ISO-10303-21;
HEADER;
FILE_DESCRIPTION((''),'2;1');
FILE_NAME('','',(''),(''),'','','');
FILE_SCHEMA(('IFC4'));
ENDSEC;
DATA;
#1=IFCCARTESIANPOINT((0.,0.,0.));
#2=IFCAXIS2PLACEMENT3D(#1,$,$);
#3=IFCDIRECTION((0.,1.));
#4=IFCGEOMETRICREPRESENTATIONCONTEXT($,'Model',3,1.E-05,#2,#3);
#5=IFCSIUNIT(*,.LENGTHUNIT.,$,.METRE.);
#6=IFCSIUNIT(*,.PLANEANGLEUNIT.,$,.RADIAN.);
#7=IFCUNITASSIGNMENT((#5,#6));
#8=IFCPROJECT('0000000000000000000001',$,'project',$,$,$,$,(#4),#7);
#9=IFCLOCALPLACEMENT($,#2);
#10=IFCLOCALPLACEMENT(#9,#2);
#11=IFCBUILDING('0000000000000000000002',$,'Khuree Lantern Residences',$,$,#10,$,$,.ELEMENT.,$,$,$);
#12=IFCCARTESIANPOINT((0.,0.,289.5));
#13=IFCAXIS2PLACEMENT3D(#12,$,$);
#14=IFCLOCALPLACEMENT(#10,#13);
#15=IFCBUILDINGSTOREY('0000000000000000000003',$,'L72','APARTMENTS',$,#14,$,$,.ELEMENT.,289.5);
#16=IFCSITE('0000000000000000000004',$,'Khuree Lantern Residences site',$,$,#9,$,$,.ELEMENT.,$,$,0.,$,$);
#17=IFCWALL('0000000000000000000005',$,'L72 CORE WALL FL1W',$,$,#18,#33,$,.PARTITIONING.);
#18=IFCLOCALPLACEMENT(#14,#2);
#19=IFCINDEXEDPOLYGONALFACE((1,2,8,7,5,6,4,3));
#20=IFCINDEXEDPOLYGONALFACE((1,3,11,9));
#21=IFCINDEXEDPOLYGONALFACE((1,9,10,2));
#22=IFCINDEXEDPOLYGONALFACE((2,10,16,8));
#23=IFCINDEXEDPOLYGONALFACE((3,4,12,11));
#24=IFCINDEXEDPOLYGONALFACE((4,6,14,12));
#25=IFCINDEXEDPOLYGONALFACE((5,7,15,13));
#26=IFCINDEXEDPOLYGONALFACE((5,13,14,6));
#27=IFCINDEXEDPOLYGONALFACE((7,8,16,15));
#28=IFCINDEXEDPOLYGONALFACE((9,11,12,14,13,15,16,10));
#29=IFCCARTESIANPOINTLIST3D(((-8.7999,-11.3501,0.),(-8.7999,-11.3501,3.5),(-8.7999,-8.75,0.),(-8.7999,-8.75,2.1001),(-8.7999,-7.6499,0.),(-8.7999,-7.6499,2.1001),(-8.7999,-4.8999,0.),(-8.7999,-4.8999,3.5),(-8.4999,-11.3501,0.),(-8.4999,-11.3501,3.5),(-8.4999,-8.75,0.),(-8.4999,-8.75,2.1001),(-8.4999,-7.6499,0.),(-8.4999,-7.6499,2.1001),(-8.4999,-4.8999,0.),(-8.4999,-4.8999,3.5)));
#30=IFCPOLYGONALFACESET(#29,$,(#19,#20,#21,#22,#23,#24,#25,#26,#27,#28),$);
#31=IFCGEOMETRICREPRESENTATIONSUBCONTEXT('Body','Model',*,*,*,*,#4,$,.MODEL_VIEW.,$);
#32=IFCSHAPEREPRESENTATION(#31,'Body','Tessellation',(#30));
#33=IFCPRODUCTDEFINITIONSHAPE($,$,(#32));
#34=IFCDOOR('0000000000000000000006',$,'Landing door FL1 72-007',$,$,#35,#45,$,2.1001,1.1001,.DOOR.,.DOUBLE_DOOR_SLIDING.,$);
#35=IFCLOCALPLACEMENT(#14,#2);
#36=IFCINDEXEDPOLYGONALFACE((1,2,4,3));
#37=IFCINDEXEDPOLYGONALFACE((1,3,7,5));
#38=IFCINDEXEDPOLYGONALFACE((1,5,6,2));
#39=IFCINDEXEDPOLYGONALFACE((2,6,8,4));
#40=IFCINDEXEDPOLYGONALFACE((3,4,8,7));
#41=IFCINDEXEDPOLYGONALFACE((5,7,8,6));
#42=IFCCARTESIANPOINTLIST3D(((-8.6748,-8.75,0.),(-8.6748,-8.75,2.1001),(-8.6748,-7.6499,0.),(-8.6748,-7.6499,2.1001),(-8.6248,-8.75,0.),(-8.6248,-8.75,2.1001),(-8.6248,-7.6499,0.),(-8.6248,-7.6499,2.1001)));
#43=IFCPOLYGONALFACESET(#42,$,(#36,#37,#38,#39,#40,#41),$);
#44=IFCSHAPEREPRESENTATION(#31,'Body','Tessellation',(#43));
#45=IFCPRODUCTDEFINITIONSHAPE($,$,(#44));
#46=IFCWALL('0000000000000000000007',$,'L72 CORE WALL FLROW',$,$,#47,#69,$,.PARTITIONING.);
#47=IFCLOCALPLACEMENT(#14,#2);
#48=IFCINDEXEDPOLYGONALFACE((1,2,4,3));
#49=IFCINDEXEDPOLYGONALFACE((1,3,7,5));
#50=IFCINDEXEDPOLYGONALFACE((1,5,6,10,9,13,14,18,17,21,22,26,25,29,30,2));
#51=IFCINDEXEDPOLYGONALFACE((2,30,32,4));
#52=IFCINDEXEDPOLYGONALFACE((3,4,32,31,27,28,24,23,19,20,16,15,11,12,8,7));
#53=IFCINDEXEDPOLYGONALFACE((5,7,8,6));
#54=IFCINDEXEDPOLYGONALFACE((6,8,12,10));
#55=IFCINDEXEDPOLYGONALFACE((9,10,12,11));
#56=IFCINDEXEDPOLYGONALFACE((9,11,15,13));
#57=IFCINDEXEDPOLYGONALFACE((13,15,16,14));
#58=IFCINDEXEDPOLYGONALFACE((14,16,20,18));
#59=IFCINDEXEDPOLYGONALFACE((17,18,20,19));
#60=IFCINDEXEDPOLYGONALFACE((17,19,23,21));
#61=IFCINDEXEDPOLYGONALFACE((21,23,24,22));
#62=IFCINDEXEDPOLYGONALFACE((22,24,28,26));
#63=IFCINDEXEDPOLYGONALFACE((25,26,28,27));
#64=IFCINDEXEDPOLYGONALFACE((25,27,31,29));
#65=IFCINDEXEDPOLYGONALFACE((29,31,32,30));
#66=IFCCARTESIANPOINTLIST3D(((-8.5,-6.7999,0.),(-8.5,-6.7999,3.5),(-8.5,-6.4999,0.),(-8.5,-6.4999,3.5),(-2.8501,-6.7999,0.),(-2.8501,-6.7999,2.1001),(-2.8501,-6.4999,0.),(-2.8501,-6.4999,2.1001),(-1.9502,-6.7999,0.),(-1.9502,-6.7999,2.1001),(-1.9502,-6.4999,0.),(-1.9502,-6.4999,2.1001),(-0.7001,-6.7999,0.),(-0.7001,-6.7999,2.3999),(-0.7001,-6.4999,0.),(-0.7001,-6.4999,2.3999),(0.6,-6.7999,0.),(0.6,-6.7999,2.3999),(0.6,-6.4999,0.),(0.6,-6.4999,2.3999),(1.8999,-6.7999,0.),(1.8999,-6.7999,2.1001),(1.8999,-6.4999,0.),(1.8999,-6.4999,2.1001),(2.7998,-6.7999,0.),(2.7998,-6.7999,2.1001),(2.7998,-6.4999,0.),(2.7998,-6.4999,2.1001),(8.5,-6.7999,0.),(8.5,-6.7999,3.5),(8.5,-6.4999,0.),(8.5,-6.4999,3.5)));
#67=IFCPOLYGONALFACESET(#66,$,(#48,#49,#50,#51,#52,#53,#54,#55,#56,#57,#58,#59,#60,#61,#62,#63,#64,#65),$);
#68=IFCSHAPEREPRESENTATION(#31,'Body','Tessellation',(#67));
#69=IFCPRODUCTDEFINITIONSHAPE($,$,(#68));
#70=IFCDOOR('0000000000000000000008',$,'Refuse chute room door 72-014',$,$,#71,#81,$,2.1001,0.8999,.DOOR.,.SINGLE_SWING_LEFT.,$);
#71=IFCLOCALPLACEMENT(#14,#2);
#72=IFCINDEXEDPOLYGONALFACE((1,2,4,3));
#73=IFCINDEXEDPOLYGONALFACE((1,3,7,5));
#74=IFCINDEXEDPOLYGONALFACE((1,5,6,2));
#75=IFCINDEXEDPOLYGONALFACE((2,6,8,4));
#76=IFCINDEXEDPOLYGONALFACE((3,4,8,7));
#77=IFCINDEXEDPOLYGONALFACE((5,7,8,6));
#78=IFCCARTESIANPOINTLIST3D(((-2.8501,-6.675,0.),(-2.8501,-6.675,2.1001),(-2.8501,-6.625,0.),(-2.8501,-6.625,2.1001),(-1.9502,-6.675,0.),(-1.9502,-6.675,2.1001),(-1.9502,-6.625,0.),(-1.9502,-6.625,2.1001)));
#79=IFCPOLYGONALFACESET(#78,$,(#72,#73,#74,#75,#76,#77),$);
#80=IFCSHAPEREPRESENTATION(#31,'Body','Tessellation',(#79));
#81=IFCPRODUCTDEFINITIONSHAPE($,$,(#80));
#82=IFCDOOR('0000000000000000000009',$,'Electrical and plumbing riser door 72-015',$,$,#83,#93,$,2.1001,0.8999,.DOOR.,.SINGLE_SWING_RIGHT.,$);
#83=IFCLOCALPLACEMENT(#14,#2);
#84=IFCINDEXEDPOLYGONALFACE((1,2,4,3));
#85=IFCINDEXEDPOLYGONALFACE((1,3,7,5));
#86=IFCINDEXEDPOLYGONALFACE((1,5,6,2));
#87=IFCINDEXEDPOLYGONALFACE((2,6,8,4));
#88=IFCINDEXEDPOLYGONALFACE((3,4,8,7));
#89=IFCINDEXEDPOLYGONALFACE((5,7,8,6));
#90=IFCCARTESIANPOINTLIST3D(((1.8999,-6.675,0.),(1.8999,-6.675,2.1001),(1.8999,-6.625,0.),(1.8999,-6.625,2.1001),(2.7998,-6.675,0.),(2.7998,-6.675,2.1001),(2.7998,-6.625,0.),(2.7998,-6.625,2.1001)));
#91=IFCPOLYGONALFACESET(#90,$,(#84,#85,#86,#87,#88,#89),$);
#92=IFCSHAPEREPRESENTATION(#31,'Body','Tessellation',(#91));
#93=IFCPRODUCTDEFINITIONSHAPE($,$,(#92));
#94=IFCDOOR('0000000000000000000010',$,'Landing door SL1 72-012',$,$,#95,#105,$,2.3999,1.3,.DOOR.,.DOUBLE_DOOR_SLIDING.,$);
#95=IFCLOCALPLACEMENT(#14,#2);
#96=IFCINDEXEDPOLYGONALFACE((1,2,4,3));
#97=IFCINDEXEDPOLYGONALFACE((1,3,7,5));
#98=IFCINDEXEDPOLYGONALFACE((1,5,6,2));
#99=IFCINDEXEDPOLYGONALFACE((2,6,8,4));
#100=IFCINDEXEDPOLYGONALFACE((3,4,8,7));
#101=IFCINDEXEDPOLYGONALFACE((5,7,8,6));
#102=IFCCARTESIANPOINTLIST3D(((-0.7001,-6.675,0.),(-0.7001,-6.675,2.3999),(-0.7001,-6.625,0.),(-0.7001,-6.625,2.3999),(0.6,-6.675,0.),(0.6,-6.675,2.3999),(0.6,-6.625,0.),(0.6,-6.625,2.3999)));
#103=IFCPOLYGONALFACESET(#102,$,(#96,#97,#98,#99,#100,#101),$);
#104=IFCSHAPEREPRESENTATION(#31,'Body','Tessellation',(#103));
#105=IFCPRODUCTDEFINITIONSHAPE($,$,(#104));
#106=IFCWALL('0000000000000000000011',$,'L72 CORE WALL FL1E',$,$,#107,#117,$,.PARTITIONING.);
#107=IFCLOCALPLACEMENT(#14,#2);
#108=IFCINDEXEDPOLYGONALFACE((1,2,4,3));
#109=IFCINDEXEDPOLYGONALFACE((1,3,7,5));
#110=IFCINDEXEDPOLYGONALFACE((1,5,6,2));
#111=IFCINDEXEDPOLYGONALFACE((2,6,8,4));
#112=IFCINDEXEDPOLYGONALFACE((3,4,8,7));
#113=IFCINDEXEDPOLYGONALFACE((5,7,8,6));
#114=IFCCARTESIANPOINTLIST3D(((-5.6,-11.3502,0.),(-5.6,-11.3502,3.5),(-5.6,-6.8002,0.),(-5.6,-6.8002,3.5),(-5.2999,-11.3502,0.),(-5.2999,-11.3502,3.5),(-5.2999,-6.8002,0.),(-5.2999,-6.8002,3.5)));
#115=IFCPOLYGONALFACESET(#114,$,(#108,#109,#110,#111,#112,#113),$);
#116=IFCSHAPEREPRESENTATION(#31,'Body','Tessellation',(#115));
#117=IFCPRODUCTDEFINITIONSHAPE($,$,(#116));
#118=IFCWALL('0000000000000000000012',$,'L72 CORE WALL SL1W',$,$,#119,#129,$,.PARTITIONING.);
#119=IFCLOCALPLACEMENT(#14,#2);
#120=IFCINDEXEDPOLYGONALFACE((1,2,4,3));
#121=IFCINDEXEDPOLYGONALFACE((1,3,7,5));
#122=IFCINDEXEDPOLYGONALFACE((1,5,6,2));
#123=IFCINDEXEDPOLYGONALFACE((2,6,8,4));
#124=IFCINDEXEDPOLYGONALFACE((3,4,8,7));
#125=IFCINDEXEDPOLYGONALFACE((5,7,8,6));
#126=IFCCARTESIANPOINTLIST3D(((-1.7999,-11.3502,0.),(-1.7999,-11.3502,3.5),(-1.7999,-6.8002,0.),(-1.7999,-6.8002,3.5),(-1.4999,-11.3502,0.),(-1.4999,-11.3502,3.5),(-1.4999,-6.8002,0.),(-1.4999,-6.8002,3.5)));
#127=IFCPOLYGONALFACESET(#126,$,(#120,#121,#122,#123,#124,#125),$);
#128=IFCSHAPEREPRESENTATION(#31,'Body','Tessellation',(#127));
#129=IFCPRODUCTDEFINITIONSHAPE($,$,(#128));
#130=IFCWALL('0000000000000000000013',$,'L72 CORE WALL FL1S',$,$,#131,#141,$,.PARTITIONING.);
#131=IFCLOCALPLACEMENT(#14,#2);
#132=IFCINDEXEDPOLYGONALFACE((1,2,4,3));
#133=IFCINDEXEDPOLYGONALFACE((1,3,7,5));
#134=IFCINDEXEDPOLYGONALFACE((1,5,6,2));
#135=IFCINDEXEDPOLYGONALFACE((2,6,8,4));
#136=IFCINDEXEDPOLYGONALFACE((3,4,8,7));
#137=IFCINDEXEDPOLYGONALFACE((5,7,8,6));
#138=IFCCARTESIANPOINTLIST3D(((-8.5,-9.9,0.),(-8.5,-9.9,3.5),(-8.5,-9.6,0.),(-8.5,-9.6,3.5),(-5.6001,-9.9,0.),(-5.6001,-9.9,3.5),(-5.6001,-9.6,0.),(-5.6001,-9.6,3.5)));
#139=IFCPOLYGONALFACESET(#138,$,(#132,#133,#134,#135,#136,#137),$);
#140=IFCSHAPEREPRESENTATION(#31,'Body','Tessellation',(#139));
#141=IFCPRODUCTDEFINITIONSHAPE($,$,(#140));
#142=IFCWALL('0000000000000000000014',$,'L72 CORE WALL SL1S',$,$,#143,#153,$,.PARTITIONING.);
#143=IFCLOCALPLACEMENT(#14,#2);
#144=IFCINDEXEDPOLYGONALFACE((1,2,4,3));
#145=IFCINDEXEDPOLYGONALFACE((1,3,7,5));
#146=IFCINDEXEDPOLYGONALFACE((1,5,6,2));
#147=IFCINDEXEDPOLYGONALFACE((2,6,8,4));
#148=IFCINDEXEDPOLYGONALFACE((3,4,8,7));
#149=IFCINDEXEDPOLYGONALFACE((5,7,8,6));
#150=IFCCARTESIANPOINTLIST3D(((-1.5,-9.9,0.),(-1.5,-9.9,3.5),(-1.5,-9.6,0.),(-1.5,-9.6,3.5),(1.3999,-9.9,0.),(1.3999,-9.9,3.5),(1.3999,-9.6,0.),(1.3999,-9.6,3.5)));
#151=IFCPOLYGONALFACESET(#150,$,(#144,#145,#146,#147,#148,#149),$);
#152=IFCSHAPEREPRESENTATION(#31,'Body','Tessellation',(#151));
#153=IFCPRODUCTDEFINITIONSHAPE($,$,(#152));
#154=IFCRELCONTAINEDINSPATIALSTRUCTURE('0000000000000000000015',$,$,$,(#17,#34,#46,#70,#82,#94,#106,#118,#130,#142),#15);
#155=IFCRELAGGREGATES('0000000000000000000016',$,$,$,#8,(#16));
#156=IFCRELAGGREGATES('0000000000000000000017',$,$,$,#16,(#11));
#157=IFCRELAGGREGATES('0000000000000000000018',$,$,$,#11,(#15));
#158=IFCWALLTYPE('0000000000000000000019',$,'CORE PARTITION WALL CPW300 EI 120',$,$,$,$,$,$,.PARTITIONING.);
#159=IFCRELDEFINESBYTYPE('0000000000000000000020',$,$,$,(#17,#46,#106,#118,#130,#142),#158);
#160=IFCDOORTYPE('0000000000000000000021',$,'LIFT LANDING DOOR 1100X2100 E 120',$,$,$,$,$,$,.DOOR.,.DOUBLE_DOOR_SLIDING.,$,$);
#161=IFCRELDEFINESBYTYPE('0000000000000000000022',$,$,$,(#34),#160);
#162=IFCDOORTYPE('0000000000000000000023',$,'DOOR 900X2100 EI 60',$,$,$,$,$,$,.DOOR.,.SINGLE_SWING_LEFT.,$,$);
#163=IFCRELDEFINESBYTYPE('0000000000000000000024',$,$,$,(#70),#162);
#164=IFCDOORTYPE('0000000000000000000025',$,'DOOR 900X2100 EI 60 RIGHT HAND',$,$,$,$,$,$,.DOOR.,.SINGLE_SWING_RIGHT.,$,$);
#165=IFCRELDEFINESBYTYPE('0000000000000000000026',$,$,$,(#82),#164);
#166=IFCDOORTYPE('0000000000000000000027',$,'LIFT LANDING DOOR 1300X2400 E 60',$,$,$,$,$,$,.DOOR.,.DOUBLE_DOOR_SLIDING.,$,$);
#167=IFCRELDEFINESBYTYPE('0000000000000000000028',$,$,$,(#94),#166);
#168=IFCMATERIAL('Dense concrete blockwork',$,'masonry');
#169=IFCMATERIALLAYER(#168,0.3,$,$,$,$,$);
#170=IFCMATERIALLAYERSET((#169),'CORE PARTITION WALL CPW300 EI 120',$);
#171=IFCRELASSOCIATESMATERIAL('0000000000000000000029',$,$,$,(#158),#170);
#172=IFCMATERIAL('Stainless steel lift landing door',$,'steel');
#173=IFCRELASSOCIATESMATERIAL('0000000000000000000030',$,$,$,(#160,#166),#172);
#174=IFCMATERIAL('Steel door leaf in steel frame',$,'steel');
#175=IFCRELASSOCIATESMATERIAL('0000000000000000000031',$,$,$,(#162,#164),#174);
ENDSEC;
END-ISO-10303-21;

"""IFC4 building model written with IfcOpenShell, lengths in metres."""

from ifc_helpers import new_model, si_unit, direction, frame, frame_2d, origin, place, context, subcontext, project, spatial, rectangle, extrude, material, layer, layer_set, type_object, element, fill, save


model = new_model("IFC4")

# Units and contexts
model_context = context("Model", 3, precision=1e-05, world=origin(), true_north=direction((0.0, 1.0)))
body_context = subcontext(model_context, "Body", "Model", "MODEL_VIEW")
ifc_project = project(units=[si_unit("LENGTHUNIT", "METRE"), si_unit("PLANEANGLEUNIT", "RADIAN")], contexts=[model_context])

# Site, building, storey
site_placement = place(None, origin())
site = spatial("IfcSite", under=ifc_project, at=site_placement, Name="Khuree Lantern Residences site", CompositionType="ELEMENT", RefElevation=0.0)
building_placement = place(site_placement, origin())
building = spatial("IfcBuilding", under=site, at=building_placement, Name="Khuree Lantern Residences", CompositionType="ELEMENT")
storey_placement = place(building_placement, frame((0.0, 0.0, 289.5)))
storey = spatial("IfcBuildingStorey", under=building, at=storey_placement, Name="L72", Description="APARTMENTS", CompositionType="ELEMENT", Elevation=289.5)

# Wall, opening, door
ifc_material_1 = material(Name="Dense concrete blockwork", Category="masonry")
ifc_layer_1 = layer(ifc_material_1, 0.3)
ifc_layer_set_1 = layer_set([ifc_layer_1], Name="CORE PARTITION WALL CPW300 EI 120")
wall_type_1 = type_object("IfcWallType", Name="CORE PARTITION WALL CPW300 EI 120", PredefinedType="PARTITIONING", material=ifc_layer_set_1)
wall_1_placement = place(storey_placement, frame((-8.6499, -11.3501, 0.0), z_axis=(0.0, 0.0, 1.0), x_axis=(0.0, 1.0, 0.0)))
wall_1 = element("IfcWall", 1, at=wall_1_placement, inside=storey, type_object=wall_type_1, Name="L72 CORE WALL FL1W", PredefinedType="PARTITIONING", context=body_context, shape_type="SweptSolid", body=[
    extrude(rectangle(XDim=6.4502, YDim=0.3, at=frame_2d((3.2251, 0.0))), origin(), (0.0, 0.0, 1.0), 3.5),
])
opening_1_placement = place(wall_1_placement, frame((2.6001, 0.0, 0.0)))
opening_1 = element("IfcOpeningElement", 2, at=opening_1_placement, cuts=wall_1, PredefinedType="OPENING", context=body_context, shape_type="SweptSolid", body=[
    extrude(rectangle(XDim=1.1001, YDim=2.1001, at=frame_2d((0.55, 1.05))), frame((0.0, 0.1602, 0.0), z_axis=(0.0, -1.0, 0.0), x_axis=(1.0, 0.0, 0.0)), (0.0, 0.0, 1.0), 0.3201),
])
ifc_material_2 = material(Name="Stainless steel lift landing door", Category="steel")
door_type_1 = type_object("IfcDoorType", Name="LIFT LANDING DOOR 1100X2100 E 120", OperationType="DOUBLE_DOOR_SLIDING", PredefinedType="DOOR", material=ifc_material_2)
door_1_placement = place(opening_1_placement, origin())
door_1 = element("IfcDoor", 3, at=door_1_placement, inside=storey, type_object=door_type_1, Name="Landing door FL1 72-007", OperationType="DOUBLE_DOOR_SLIDING", OverallHeight=2.1001, OverallWidth=1.1001, PredefinedType="DOOR", context=body_context, shape_type="SweptSolid", body=[
    extrude(rectangle(XDim=1.1001, YDim=2.1001, at=frame_2d((0.55, 1.05))), frame((0.0, 0.0249, 0.0), z_axis=(0.0, -1.0, 0.0), x_axis=(1.0, 0.0, 0.0)), (0.0, 0.0, 1.0), 0.05),
])
fill(opening_1, door_1)

# Wall, openings, doors
wall_2_placement = place(storey_placement, frame((-8.5, -6.6499, 0.0), z_axis=(0.0, 0.0, 1.0), x_axis=(1.0, 0.0, 0.0)))
wall_2 = element("IfcWall", 4, at=wall_2_placement, inside=storey, type_object=wall_type_1, Name="L72 CORE WALL FLROW", PredefinedType="PARTITIONING", context=body_context, shape_type="SweptSolid", body=[
    extrude(rectangle(XDim=17.0, YDim=0.3, at=frame_2d((8.5, 0.0))), origin(), (0.0, 0.0, 1.0), 3.5),
])
opening_2_placement = place(wall_2_placement, frame((7.8, 0.0, 0.0)))
opening_2 = element("IfcOpeningElement", 5, at=opening_2_placement, cuts=wall_2, PredefinedType="OPENING", context=body_context, shape_type="SweptSolid", body=[
    extrude(rectangle(XDim=1.3, YDim=2.3999, at=frame_2d((0.6499, 1.2))), frame((0.0, 0.1602, 0.0), z_axis=(0.0, -1.0, 0.0), x_axis=(1.0, 0.0, 0.0)), (0.0, 0.0, 1.0), 0.3201),
])
opening_3_placement = place(wall_2_placement, frame((5.6499, 0.0, 0.0)))
opening_3 = element("IfcOpeningElement", 6, at=opening_3_placement, cuts=wall_2, PredefinedType="OPENING", context=body_context, shape_type="SweptSolid", body=[
    extrude(rectangle(XDim=0.8999, YDim=2.1001, at=frame_2d((0.45, 1.05))), frame((0.0, 0.1602, 0.0), z_axis=(0.0, -1.0, 0.0), x_axis=(1.0, 0.0, 0.0)), (0.0, 0.0, 1.0), 0.3201),
])
opening_4_placement = place(wall_2_placement, frame((10.3999, 0.0, 0.0)))
opening_4 = element("IfcOpeningElement", 7, at=opening_4_placement, cuts=wall_2, PredefinedType="OPENING", context=body_context, shape_type="SweptSolid", body=[
    extrude(rectangle(XDim=0.8999, YDim=2.1001, at=frame_2d((0.45, 1.05))), frame((0.0, 0.1602, 0.0), z_axis=(0.0, -1.0, 0.0), x_axis=(1.0, 0.0, 0.0)), (0.0, 0.0, 1.0), 0.3201),
])
ifc_material_3 = material(Name="Steel door leaf in steel frame", Category="steel")
door_type_2 = type_object("IfcDoorType", Name="DOOR 900X2100 EI 60", OperationType="SINGLE_SWING_LEFT", PredefinedType="DOOR", material=ifc_material_3)
door_2_placement = place(opening_3_placement, origin())
door_2 = element("IfcDoor", 8, at=door_2_placement, inside=storey, type_object=door_type_2, Name="Refuse chute room door 72-014", OperationType="SINGLE_SWING_LEFT", OverallHeight=2.1001, OverallWidth=0.8999, PredefinedType="DOOR", context=body_context, shape_type="SweptSolid", body=[
    extrude(rectangle(XDim=0.8999, YDim=2.1001, at=frame_2d((0.45, 1.05))), frame((0.0, 0.0249, 0.0), z_axis=(0.0, -1.0, 0.0), x_axis=(1.0, 0.0, 0.0)), (0.0, 0.0, 1.0), 0.05),
])
fill(opening_3, door_2)
door_type_3 = type_object("IfcDoorType", Name="DOOR 900X2100 EI 60 RIGHT HAND", OperationType="SINGLE_SWING_RIGHT", PredefinedType="DOOR", material=ifc_material_3)
door_3_placement = place(opening_4_placement, origin())
door_3 = element("IfcDoor", 9, at=door_3_placement, inside=storey, type_object=door_type_3, Name="Electrical and plumbing riser door 72-015", OperationType="SINGLE_SWING_RIGHT", OverallHeight=2.1001, OverallWidth=0.8999, PredefinedType="DOOR", context=body_context, shape_type="SweptSolid", body=[
    extrude(rectangle(XDim=0.8999, YDim=2.1001, at=frame_2d((0.45, 1.05))), frame((0.0, 0.0249, 0.0), z_axis=(0.0, -1.0, 0.0), x_axis=(1.0, 0.0, 0.0)), (0.0, 0.0, 1.0), 0.05),
])
fill(opening_4, door_3)
door_type_4 = type_object("IfcDoorType", Name="LIFT LANDING DOOR 1300X2400 E 60", OperationType="DOUBLE_DOOR_SLIDING", PredefinedType="DOOR", material=ifc_material_2)
door_4_placement = place(opening_2_placement, origin())
door_4 = element("IfcDoor", 10, at=door_4_placement, inside=storey, type_object=door_type_4, Name="Landing door SL1 72-012", OperationType="DOUBLE_DOOR_SLIDING", OverallHeight=2.3999, OverallWidth=1.3, PredefinedType="DOOR", context=body_context, shape_type="SweptSolid", body=[
    extrude(rectangle(XDim=1.3, YDim=2.3999, at=frame_2d((0.6499, 1.2))), frame((0.0, 0.0249, 0.0), z_axis=(0.0, -1.0, 0.0), x_axis=(1.0, 0.0, 0.0)), (0.0, 0.0, 1.0), 0.05),
])
fill(opening_2, door_4)

# Walls
for number, where, z_axis, x_axis, name in (
    (11, (-5.45, -11.3501, 0.0), (0.0, 0.0, 1.0), (0.0, 1.0, 0.0), "L72 CORE WALL FL1E"),
    (12, (-1.6499, -11.3501, 0.0), (0.0, 0.0, 1.0), (0.0, 1.0, 0.0), "L72 CORE WALL SL1W"),
):
    element("IfcWall", number, at=place(storey_placement, frame(where, z_axis=z_axis, x_axis=x_axis)), inside=storey, type_object=wall_type_1, Name=name, PredefinedType="PARTITIONING", context=body_context, shape_type="SweptSolid", body=[
        extrude(rectangle(XDim=4.55, YDim=0.3, at=frame_2d((2.2749, 0.0))), origin(), (0.0, 0.0, 1.0), 3.5),
    ])
for number, where, z_axis, x_axis, name in (
    (13, (-8.5, -9.75, 0.0), (0.0, 0.0, 1.0), (1.0, 0.0, 0.0), "L72 CORE WALL FL1S"),
    (14, (-1.5, -9.75, 0.0), (0.0, 0.0, 1.0), (1.0, 0.0, 0.0), "L72 CORE WALL SL1S"),
):
    element("IfcWall", number, at=place(storey_placement, frame(where, z_axis=z_axis, x_axis=x_axis)), inside=storey, type_object=wall_type_1, Name=name, PredefinedType="PARTITIONING", context=body_context, shape_type="SweptSolid", body=[
        extrude(rectangle(XDim=2.8999, YDim=0.3, at=frame_2d((1.45, 0.0))), origin(), (0.0, 0.0, 1.0), 3.5),
    ])

save(model, "model.ifc")
